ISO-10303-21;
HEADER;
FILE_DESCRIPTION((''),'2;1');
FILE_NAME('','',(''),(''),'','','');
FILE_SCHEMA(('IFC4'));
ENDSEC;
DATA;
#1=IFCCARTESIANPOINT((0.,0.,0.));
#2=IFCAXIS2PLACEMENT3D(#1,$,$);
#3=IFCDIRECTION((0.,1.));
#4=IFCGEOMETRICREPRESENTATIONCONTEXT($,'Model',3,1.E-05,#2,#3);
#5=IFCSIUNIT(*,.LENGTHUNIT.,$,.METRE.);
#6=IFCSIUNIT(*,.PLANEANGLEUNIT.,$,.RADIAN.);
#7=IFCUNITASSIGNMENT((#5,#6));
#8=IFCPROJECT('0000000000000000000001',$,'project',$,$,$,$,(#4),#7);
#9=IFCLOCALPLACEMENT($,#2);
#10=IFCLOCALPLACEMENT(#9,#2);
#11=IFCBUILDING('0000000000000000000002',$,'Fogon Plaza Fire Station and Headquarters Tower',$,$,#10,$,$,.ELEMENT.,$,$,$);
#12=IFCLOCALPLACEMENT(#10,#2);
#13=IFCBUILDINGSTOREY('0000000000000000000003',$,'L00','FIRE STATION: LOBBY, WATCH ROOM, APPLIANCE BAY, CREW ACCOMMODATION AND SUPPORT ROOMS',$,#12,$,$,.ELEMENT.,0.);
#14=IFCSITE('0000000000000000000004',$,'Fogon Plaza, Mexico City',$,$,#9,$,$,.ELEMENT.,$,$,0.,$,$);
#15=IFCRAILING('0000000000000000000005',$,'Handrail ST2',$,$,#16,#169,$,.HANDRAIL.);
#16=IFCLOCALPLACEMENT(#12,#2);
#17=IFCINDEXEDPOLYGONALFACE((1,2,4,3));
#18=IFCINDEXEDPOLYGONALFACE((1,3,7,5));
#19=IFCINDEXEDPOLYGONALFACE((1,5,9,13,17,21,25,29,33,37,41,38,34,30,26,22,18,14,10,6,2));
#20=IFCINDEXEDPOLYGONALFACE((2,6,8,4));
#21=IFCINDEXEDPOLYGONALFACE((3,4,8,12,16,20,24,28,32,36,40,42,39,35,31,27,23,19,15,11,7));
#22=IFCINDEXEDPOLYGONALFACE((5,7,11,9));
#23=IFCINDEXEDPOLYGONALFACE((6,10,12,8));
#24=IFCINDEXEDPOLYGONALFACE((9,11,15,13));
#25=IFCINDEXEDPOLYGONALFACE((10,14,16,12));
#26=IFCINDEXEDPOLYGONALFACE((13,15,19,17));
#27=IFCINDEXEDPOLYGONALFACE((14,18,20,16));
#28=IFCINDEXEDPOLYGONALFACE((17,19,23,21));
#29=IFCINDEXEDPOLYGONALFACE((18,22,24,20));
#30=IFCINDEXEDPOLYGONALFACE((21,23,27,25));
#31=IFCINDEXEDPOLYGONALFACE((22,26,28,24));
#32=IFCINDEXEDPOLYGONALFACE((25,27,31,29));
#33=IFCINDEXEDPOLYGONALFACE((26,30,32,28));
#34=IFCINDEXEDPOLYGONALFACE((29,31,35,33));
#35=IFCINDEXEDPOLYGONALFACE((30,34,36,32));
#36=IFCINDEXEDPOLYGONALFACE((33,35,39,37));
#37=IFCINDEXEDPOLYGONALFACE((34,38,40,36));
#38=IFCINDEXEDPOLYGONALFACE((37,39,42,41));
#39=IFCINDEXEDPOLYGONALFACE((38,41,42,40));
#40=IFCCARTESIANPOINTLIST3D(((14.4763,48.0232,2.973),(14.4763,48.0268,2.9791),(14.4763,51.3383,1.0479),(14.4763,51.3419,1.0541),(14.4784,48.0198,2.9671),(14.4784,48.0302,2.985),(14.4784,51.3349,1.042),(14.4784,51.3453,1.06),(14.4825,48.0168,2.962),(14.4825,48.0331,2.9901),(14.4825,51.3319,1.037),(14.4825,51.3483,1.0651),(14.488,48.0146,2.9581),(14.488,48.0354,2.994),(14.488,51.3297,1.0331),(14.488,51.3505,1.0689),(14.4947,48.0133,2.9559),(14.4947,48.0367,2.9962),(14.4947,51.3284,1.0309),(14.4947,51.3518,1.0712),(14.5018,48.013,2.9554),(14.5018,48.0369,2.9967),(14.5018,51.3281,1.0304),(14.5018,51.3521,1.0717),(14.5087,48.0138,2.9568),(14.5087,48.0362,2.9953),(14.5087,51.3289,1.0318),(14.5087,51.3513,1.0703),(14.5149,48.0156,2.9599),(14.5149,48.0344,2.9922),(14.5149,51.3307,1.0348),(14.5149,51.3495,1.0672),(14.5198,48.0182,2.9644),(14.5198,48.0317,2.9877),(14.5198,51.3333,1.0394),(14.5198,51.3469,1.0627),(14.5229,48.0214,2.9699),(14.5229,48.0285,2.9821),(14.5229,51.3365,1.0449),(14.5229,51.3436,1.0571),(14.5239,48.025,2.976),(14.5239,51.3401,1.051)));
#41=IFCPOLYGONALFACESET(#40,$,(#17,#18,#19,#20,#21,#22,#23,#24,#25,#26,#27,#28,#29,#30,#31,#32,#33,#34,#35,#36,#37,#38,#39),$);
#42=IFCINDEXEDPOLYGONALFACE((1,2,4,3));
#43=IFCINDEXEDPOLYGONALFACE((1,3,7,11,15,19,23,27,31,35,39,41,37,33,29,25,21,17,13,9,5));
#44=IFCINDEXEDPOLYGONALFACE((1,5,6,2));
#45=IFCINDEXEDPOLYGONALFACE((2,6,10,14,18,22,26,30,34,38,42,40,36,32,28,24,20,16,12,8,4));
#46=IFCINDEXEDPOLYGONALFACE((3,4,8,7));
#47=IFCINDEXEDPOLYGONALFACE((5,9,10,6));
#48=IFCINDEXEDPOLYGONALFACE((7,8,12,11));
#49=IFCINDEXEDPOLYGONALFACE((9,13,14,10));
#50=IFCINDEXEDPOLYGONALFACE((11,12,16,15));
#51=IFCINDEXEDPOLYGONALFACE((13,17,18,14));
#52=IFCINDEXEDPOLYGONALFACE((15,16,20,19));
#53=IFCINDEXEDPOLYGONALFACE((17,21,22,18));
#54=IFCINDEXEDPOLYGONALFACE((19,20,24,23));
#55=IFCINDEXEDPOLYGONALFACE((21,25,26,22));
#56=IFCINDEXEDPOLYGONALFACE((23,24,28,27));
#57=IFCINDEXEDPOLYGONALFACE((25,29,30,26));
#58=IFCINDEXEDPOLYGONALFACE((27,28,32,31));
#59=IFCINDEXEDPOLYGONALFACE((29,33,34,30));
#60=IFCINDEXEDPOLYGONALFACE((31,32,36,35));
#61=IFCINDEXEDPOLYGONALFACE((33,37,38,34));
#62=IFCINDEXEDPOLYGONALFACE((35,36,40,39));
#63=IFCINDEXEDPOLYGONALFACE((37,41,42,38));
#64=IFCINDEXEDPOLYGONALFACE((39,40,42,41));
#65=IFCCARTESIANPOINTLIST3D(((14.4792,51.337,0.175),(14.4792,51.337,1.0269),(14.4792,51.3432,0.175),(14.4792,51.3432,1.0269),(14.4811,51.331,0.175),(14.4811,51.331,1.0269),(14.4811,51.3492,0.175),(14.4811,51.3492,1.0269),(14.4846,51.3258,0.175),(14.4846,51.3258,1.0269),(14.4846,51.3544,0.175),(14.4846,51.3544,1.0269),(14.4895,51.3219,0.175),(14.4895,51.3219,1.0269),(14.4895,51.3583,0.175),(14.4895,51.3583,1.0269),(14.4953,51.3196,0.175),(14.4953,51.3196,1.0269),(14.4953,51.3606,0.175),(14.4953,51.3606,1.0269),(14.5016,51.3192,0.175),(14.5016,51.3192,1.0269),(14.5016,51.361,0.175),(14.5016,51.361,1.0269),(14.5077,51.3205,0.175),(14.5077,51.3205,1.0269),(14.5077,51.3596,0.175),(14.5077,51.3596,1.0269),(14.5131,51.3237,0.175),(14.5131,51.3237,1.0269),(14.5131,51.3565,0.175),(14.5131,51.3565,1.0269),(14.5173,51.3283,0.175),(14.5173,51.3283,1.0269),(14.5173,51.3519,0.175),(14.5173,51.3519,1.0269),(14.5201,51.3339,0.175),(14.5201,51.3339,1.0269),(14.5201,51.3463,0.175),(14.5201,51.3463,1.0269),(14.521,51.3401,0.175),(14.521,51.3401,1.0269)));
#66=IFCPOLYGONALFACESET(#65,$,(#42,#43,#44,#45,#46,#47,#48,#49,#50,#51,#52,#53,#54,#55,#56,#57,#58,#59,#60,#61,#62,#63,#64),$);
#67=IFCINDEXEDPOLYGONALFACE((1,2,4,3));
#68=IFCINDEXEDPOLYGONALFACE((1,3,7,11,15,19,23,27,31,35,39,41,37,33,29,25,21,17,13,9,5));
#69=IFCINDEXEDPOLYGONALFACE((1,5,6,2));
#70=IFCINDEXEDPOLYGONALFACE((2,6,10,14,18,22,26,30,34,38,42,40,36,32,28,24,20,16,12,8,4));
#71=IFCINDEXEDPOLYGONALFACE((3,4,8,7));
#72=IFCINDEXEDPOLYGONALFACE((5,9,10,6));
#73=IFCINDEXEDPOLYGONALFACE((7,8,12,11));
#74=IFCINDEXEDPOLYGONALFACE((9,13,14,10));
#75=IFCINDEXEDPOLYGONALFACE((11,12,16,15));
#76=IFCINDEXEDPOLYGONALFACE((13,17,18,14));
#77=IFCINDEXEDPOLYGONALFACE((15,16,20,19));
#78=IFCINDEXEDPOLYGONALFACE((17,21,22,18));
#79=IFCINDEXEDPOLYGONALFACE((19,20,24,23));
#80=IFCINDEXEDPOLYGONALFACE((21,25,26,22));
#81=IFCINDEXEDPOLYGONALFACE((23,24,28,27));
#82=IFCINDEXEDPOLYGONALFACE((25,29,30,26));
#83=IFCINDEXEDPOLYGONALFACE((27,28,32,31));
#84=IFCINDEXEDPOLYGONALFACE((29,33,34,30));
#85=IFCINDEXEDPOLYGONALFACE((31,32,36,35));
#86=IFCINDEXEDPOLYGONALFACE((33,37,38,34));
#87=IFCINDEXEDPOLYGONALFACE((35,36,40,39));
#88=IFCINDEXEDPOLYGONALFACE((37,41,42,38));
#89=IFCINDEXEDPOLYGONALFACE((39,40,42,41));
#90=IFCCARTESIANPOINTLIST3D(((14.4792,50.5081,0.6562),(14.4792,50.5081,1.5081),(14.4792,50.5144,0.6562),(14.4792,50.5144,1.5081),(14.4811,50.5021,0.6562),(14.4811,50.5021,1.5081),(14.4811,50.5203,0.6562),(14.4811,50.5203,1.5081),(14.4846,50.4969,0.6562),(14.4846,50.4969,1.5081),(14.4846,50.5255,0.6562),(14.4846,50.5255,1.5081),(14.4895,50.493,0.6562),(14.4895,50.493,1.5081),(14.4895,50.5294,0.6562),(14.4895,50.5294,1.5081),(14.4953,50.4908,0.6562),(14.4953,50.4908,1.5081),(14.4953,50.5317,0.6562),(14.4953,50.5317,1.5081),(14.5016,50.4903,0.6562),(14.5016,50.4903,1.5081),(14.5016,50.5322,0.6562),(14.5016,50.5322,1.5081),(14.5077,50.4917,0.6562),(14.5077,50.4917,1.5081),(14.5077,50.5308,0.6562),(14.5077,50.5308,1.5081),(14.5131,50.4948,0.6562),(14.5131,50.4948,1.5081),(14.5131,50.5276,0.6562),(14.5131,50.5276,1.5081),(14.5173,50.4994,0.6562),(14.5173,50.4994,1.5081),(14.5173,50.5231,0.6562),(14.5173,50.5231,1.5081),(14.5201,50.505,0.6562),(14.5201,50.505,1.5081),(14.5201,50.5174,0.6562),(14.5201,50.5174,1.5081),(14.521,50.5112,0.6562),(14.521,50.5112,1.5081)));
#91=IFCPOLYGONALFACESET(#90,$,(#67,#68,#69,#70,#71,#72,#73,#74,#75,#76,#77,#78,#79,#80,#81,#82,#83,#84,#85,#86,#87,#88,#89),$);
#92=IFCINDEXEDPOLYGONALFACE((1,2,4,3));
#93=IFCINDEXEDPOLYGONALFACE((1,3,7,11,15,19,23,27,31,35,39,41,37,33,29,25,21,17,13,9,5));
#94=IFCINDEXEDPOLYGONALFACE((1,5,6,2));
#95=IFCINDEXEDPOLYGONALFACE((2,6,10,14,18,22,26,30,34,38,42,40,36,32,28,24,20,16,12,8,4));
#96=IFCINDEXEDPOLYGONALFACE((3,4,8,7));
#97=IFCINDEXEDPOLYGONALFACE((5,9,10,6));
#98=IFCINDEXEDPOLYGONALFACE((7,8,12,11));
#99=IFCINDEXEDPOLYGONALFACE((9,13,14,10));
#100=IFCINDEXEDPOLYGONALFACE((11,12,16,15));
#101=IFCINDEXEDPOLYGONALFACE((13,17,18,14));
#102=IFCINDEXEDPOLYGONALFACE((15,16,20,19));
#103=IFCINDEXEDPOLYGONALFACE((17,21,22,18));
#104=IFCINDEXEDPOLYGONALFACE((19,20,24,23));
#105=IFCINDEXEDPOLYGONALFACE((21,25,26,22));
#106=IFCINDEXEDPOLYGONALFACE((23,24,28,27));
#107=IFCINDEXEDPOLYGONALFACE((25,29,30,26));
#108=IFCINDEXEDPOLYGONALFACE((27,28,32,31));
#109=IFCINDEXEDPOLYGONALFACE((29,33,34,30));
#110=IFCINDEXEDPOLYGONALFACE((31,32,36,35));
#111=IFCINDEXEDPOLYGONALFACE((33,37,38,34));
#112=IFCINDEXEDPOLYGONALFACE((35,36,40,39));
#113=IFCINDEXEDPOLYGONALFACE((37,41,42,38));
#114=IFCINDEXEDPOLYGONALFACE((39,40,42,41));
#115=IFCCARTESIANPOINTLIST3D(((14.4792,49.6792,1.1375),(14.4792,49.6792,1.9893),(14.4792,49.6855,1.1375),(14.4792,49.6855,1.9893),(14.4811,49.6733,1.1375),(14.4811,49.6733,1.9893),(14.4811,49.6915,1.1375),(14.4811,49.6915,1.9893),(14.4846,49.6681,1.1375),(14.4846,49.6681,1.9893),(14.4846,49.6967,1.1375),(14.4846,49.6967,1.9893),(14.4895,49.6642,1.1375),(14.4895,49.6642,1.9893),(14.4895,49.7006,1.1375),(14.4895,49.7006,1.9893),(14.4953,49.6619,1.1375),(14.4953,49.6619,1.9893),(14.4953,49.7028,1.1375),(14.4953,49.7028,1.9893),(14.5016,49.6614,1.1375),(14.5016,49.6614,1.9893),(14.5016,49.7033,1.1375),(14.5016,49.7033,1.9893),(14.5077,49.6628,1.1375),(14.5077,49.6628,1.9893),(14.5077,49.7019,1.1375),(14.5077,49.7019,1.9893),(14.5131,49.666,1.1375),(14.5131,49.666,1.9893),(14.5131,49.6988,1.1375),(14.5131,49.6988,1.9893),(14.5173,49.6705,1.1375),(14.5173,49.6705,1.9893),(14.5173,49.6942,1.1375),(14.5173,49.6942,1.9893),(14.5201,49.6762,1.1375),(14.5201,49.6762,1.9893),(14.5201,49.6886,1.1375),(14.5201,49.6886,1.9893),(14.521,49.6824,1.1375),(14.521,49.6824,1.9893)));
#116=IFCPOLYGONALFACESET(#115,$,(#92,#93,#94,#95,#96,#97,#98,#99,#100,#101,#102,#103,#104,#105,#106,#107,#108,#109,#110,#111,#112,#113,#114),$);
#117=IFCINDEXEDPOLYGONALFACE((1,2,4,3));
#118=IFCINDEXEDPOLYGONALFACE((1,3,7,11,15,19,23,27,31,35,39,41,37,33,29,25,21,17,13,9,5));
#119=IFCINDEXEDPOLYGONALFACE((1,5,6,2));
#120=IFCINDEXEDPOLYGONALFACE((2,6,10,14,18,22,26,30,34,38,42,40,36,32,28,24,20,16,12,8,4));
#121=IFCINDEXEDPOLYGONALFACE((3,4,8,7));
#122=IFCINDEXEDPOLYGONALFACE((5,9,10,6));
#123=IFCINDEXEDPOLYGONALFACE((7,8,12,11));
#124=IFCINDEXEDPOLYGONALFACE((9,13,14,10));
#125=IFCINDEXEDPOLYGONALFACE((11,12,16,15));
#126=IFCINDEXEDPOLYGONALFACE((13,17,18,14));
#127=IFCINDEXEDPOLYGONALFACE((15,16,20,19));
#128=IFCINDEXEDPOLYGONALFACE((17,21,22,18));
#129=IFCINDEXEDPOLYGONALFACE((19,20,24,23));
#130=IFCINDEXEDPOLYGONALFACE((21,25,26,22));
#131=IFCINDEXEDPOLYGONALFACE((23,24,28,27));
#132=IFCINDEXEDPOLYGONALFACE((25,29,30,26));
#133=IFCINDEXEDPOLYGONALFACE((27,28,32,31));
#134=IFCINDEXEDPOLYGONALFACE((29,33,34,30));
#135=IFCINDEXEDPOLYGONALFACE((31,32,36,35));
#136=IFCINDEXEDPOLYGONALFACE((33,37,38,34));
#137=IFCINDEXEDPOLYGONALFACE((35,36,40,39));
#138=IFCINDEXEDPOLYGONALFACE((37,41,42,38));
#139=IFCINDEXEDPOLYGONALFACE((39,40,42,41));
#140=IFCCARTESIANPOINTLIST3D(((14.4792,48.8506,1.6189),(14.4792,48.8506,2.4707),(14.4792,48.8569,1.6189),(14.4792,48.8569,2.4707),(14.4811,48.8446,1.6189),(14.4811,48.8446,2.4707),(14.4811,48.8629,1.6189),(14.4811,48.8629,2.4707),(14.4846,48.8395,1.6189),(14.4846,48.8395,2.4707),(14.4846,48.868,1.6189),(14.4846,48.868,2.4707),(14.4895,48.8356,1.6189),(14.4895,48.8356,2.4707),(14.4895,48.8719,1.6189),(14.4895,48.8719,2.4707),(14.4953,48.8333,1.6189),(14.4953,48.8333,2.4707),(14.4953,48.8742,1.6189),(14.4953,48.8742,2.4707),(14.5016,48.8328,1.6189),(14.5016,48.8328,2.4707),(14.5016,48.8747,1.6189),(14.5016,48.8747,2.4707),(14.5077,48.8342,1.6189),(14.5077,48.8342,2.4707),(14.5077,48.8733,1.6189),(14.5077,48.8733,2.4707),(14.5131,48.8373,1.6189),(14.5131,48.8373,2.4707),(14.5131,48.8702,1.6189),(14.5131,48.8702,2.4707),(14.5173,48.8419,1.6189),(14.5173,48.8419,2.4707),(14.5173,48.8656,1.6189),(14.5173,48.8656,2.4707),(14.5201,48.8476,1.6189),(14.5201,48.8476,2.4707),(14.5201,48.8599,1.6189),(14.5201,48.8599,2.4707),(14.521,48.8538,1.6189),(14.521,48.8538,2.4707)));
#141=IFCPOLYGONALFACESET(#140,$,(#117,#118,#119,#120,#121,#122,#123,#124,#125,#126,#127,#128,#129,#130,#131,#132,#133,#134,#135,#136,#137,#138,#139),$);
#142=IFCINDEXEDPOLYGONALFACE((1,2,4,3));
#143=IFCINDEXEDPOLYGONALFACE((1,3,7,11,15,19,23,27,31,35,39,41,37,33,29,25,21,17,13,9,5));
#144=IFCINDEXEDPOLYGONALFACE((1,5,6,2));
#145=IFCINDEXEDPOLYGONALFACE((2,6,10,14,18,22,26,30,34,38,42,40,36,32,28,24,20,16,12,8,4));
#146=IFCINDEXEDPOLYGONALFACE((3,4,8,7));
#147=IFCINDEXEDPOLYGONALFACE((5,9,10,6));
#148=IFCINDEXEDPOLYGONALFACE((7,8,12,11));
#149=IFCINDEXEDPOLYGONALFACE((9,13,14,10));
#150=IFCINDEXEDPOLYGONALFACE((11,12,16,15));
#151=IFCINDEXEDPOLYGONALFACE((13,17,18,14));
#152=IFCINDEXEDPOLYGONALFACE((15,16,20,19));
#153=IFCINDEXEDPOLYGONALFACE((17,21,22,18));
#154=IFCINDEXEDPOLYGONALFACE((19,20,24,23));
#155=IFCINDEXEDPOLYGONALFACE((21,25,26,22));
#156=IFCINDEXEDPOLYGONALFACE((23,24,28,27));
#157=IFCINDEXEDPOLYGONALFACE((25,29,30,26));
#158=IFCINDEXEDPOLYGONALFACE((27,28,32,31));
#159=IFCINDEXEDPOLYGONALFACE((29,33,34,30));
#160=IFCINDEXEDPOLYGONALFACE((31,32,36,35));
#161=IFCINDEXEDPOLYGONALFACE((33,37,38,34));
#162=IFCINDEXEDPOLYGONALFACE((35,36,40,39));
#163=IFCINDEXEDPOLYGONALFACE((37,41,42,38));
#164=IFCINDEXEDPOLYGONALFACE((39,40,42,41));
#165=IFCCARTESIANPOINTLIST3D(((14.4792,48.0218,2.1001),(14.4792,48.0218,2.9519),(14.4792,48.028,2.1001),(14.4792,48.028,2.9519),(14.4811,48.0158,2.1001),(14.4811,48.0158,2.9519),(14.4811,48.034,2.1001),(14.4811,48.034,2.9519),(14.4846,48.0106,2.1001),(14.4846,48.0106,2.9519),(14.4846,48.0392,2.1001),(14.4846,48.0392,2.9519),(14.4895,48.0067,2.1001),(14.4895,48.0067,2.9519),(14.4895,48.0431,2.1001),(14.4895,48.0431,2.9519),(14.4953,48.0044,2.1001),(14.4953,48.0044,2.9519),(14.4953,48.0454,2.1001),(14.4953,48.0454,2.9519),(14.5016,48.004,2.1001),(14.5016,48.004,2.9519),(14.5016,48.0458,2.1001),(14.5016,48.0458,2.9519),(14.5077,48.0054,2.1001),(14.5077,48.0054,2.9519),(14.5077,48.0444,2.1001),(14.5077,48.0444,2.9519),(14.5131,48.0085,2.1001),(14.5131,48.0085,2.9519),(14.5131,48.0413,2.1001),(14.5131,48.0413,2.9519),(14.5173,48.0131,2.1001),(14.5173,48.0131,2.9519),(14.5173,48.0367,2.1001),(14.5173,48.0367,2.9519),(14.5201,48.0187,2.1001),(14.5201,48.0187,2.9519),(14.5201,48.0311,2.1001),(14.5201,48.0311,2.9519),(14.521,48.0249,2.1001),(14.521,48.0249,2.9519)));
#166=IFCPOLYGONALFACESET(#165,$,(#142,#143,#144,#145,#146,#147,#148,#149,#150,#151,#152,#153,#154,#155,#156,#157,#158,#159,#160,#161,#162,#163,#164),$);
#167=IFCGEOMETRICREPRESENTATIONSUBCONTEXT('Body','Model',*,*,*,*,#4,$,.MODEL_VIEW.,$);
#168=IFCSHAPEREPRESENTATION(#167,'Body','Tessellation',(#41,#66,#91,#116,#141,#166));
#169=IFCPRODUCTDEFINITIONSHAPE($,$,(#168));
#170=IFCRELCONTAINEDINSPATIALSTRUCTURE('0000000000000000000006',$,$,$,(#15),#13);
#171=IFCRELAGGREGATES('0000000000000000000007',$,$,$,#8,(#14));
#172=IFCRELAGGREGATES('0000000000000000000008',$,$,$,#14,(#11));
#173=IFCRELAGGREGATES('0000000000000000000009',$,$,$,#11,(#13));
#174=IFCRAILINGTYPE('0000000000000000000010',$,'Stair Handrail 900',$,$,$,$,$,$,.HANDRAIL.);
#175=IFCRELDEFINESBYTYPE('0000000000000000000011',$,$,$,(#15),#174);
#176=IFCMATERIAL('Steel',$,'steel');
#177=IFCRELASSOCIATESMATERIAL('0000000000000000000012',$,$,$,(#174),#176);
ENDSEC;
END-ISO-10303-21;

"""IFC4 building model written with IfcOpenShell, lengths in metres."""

from ifc_helpers import new_model, si_unit, direction, frame, origin, origin_2d, place, context, subcontext, project, spatial, circle, extrude, material, type_object, element, save


model = new_model("IFC4")

# Units and contexts
model_context = context("Model", 3, precision=1e-05, world=origin(), true_north=direction((0.0, 1.0)))
body_context = subcontext(model_context, "Body", "Model", "MODEL_VIEW")
ifc_project = project(units=[si_unit("LENGTHUNIT", "METRE"), si_unit("PLANEANGLEUNIT", "RADIAN")], contexts=[model_context])

# Site, building, storey
site_placement = place(None, origin())
site = spatial("IfcSite", under=ifc_project, at=site_placement, Name="Fogon Plaza, Mexico City", CompositionType="ELEMENT", RefElevation=0.0)
building_placement = place(site_placement, origin())
building = spatial("IfcBuilding", under=site, at=building_placement, Name="Fogon Plaza Fire Station and Headquarters Tower", CompositionType="ELEMENT")
storey_placement = place(building_placement, origin())
storey = spatial("IfcBuildingStorey", under=building, at=storey_placement, Name="L00", Description="FIRE STATION: LOBBY, WATCH ROOM, APPLIANCE BAY, CREW ACCOMMODATION AND SUPPORT ROOMS", CompositionType="ELEMENT", Elevation=0.0)

# Railing
ifc_material_1 = material(Name="Steel", Category="steel")
railing_type = type_object("IfcRailingType", Name="Stair Handrail 900", PredefinedType="HANDRAIL", material=ifc_material_1)
railing_placement = place(storey_placement, frame((14.5, 51.3401, 0.175)))
element("IfcRailing", 1, at=railing_placement, inside=storey, type_object=railing_type, Name="Handrail ST2", PredefinedType="HANDRAIL", context=body_context, shape_type="SweptSolid", body=[
    extrude(circle(Radius=0.0239, at=origin_2d()), frame((0.0, 0.0, 0.876), z_axis=(0.0, -0.864777, 0.502155), x_axis=(1.0, 0.0, 0.0)), (0.0, 0.0, 1.0), 3.8335),
    extrude(circle(Radius=0.021, at=origin_2d()), origin(), (0.0, 0.0, 1.0), 0.8518),
    extrude(circle(Radius=0.021, at=origin_2d()), frame((0.0, -0.8289, 0.4812)), (0.0, 0.0, 1.0), 0.8518),
    extrude(circle(Radius=0.021, at=origin_2d()), frame((0.0, -1.6577, 0.9624)), (0.0, 0.0, 1.0), 0.8518),
    extrude(circle(Radius=0.021, at=origin_2d()), frame((0.0, -2.4863, 1.4438)), (0.0, 0.0, 1.0), 0.8518),
    extrude(circle(Radius=0.021, at=origin_2d()), frame((0.0, -3.3152, 1.925)), (0.0, 0.0, 1.0), 0.8518),
])

save(model, "model.ifc")
